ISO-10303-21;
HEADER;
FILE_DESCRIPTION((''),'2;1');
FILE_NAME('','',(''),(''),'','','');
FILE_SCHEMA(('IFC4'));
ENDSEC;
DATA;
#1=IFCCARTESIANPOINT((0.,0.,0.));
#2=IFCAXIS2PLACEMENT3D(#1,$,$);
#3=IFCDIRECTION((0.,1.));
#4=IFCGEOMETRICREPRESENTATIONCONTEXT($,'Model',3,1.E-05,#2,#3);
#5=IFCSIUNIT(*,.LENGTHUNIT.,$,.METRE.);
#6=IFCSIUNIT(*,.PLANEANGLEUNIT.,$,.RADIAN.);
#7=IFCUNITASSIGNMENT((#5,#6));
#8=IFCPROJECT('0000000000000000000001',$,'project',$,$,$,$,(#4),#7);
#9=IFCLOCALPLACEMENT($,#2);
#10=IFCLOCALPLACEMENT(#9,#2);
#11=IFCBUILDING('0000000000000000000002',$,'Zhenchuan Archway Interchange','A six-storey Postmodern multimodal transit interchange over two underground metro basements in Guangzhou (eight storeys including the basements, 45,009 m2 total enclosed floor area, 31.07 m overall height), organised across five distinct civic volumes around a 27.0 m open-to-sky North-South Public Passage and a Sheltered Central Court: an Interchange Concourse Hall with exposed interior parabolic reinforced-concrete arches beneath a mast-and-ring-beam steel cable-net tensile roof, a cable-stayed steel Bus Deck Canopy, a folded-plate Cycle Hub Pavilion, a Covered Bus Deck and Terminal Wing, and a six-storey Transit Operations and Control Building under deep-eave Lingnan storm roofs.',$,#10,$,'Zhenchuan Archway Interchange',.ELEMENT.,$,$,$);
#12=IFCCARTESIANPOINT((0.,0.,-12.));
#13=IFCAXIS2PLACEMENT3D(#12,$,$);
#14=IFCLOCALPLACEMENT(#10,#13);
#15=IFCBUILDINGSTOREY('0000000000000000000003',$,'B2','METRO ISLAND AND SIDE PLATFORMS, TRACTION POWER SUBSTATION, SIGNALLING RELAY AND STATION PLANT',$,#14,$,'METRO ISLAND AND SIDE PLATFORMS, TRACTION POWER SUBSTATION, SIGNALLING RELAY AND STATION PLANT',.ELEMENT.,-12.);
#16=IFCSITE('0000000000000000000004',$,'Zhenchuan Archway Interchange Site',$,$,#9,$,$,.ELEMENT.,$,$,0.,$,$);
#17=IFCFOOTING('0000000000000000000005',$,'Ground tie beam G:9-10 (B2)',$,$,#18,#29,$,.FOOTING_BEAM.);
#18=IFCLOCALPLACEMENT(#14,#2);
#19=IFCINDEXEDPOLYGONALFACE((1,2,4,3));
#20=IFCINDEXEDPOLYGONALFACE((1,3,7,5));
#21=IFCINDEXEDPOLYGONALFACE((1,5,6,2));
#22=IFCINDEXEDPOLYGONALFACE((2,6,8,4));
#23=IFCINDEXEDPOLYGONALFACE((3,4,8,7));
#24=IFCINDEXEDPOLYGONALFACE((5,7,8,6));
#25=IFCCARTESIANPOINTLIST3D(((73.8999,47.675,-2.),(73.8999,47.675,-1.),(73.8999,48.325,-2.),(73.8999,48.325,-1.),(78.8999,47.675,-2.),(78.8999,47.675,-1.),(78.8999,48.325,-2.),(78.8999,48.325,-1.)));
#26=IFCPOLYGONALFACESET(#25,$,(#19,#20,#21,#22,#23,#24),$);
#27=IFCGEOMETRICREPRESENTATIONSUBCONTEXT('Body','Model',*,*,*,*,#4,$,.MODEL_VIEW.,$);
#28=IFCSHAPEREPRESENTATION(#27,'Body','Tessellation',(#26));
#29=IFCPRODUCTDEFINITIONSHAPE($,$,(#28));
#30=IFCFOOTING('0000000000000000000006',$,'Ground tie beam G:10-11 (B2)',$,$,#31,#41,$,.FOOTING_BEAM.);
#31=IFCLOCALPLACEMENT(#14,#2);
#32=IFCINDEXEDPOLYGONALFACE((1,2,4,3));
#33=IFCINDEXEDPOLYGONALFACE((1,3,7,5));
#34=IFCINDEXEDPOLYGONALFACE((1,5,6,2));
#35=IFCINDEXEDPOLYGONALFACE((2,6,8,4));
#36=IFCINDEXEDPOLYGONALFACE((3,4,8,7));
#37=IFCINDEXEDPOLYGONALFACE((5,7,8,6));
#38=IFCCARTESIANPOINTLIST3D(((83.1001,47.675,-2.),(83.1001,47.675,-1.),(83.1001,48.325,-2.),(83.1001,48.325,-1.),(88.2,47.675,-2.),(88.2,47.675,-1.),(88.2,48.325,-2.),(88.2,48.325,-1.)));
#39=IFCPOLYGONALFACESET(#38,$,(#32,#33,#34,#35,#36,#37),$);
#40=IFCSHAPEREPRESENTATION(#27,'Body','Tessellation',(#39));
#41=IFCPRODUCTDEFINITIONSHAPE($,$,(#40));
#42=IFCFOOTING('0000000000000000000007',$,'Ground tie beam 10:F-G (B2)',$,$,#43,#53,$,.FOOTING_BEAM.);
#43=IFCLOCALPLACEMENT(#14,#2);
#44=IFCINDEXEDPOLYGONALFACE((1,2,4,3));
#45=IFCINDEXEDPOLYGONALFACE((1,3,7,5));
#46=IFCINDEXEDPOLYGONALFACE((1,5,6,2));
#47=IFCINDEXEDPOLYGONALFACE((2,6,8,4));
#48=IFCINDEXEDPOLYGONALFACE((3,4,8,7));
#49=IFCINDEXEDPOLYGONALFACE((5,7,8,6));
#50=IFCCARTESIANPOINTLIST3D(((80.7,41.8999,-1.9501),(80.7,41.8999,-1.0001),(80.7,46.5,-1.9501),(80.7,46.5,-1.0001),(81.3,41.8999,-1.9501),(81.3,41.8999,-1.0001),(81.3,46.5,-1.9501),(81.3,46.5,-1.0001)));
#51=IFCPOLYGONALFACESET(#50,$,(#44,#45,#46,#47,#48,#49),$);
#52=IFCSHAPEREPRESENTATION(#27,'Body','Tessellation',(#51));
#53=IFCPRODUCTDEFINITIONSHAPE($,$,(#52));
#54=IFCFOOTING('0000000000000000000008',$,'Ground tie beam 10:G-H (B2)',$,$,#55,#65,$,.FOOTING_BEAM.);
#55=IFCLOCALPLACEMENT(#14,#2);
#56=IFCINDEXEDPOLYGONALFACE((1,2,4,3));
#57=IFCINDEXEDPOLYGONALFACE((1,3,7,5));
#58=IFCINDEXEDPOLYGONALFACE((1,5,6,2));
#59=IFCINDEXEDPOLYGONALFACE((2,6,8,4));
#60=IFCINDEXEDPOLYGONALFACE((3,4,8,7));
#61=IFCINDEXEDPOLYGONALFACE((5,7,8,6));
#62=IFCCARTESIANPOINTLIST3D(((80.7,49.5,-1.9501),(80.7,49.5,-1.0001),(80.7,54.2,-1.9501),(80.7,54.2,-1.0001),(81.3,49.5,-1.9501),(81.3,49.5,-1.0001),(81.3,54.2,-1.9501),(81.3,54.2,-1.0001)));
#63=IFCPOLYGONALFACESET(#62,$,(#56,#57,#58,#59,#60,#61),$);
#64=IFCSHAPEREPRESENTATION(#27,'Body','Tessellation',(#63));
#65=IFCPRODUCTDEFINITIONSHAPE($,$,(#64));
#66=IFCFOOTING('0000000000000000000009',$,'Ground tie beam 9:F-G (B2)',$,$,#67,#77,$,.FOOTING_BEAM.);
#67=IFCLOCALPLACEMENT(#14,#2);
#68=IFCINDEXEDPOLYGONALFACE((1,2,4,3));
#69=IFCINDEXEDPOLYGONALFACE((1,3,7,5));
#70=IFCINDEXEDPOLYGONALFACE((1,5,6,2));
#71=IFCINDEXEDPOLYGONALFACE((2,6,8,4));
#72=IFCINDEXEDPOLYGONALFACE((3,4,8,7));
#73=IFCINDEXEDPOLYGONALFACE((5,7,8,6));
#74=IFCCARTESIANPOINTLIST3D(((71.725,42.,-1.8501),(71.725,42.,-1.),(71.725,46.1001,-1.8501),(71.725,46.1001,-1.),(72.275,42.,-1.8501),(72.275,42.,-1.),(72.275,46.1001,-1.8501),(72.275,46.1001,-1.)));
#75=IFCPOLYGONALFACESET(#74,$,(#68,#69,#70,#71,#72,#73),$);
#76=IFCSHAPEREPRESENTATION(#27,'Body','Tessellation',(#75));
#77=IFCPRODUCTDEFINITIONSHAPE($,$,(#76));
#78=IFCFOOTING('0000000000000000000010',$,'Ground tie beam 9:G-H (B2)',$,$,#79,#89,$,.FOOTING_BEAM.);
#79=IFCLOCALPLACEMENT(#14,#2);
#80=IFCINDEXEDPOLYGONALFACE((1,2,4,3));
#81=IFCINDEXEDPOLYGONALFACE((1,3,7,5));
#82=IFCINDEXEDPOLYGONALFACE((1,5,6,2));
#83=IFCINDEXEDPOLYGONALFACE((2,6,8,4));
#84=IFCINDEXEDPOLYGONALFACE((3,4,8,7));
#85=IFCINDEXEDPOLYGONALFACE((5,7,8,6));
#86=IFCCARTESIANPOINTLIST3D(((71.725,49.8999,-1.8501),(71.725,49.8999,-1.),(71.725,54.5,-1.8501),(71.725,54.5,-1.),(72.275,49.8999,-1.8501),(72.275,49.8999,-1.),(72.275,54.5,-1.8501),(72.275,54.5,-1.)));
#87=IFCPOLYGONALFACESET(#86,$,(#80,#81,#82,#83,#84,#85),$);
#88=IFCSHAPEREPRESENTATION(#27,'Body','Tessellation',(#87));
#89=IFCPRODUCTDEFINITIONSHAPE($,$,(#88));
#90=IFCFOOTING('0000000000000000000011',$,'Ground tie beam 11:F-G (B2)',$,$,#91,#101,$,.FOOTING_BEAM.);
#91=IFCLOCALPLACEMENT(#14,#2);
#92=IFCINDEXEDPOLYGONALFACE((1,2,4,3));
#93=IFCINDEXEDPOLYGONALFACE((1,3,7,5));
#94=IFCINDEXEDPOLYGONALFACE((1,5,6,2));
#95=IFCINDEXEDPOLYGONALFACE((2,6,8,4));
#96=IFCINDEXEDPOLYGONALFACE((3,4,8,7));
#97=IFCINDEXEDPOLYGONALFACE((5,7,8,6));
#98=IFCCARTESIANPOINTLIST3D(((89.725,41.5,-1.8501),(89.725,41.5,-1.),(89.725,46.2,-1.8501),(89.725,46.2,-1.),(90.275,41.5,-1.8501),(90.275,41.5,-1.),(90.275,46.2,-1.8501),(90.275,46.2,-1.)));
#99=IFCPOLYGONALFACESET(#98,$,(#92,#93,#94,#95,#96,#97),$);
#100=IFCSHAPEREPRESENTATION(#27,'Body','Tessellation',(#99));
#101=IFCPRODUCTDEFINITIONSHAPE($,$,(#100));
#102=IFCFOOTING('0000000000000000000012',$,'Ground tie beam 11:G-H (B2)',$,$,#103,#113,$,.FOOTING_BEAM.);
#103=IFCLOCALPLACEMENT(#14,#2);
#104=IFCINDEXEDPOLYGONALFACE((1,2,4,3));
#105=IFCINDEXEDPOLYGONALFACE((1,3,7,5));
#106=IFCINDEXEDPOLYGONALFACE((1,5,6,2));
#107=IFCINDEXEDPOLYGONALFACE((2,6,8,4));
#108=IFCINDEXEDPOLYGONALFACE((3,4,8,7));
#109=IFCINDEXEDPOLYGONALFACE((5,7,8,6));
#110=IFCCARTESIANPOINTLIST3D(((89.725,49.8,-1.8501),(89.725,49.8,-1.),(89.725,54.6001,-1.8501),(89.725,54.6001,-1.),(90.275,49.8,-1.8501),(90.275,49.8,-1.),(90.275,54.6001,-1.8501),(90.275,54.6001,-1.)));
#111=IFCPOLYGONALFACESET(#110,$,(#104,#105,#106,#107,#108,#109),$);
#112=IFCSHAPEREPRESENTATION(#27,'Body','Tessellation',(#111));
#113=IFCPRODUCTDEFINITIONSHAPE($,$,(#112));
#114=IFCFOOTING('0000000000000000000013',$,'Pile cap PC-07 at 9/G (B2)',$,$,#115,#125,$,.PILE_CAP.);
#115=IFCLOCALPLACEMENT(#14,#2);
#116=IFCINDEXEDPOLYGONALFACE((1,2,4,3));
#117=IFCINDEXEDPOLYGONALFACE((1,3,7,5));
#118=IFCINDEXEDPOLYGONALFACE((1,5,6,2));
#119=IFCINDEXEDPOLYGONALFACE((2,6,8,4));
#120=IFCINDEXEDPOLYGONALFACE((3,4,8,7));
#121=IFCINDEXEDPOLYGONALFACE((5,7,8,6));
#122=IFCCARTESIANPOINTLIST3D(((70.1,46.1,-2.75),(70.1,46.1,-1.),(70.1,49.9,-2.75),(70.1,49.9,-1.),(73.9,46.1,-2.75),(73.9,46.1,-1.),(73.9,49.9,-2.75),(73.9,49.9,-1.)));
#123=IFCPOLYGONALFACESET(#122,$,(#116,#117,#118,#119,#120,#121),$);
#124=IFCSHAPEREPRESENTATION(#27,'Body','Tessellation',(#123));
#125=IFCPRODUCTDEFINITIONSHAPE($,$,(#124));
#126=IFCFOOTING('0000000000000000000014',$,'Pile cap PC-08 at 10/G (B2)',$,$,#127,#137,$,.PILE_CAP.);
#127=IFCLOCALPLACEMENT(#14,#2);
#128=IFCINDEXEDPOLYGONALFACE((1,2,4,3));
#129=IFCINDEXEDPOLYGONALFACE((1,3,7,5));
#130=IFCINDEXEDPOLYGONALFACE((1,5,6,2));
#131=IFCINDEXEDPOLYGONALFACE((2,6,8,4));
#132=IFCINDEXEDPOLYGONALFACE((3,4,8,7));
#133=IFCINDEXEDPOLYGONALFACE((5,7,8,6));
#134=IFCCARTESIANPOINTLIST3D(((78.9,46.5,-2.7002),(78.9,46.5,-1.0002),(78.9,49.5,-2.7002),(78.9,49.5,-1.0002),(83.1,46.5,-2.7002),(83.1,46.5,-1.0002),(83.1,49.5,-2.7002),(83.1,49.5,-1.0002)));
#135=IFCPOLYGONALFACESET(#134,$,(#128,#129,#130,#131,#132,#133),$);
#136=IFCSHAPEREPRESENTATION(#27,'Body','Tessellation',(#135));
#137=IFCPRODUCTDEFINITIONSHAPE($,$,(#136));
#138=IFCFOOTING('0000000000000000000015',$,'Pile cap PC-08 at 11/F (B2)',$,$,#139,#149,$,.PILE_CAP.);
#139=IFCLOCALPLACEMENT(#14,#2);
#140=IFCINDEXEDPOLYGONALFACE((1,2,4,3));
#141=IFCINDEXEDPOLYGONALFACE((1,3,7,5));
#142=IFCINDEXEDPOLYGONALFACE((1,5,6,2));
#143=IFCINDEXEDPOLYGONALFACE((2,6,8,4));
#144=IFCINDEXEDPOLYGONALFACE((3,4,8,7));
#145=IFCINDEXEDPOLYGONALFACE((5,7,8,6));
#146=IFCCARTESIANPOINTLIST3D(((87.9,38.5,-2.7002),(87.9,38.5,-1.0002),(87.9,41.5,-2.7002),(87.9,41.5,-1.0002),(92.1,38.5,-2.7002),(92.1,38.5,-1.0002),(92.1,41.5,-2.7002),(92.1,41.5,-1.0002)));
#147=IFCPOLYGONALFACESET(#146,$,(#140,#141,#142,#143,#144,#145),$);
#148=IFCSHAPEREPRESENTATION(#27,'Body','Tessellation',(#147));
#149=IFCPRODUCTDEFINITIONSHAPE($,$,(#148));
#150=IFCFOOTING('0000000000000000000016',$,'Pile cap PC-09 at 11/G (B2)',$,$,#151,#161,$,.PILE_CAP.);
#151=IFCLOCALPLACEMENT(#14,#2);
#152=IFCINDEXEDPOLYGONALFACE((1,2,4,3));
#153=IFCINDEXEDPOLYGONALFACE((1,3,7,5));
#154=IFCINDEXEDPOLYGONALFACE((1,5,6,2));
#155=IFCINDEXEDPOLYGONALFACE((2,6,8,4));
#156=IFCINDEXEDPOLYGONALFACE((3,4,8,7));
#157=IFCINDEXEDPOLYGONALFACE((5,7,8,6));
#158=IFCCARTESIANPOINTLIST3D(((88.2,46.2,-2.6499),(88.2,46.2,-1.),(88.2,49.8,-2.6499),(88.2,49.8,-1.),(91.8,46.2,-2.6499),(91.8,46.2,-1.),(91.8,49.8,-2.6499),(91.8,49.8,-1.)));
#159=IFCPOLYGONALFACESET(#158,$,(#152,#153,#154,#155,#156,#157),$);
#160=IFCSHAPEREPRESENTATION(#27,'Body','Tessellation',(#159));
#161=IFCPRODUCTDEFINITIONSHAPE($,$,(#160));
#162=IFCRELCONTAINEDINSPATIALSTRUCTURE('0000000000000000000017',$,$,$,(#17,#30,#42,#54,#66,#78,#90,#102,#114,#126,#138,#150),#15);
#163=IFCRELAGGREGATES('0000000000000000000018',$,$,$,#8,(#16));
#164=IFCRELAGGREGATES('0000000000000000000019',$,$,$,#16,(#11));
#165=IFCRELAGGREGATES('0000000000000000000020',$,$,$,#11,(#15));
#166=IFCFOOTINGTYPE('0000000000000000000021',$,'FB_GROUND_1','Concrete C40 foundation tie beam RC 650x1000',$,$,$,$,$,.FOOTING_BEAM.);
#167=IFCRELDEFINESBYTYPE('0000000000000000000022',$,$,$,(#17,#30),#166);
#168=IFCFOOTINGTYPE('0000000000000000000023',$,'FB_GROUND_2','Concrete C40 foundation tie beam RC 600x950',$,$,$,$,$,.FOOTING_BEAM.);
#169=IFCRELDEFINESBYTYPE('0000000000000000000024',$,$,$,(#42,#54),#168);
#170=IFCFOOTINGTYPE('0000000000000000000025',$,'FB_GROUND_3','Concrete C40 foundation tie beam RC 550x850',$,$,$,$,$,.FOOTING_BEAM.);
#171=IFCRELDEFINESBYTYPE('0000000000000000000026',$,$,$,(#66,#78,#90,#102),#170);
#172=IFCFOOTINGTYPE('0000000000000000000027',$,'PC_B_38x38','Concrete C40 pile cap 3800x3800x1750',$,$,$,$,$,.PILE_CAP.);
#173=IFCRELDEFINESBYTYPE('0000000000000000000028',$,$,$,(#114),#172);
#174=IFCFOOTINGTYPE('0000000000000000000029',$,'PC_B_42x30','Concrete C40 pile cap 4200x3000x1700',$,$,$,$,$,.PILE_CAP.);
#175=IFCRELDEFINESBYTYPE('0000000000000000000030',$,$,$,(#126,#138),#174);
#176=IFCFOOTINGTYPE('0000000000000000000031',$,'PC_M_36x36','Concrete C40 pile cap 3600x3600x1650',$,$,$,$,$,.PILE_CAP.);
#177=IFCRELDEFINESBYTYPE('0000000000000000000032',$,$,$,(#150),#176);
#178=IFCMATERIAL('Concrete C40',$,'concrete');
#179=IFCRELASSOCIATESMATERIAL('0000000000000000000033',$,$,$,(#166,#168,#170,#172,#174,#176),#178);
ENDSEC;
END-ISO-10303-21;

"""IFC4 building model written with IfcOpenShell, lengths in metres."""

from ifc_helpers import new_model, si_unit, direction, frame, origin, origin_2d, place, context, subcontext, project, spatial, rectangle, extrude, material, material_profile, profile_set, type_object, element, save


model = new_model("IFC4")

# Units and contexts
model_context = context("Model", 3, precision=1e-05, world=origin(), true_north=direction((0.0, 1.0)))
body_context = subcontext(model_context, "Body", "Model", "MODEL_VIEW")
ifc_project = project(units=[si_unit("LENGTHUNIT", "METRE"), si_unit("PLANEANGLEUNIT", "RADIAN")], contexts=[model_context])

# Site, building, storey
site_placement = place(None, origin())
site = spatial("IfcSite", under=ifc_project, at=site_placement, Name="Zhenchuan Archway Interchange Site", CompositionType="ELEMENT", RefElevation=0.0)
building_placement = place(site_placement, origin())
building = spatial("IfcBuilding", under=site, at=building_placement, Name="Zhenchuan Archway Interchange", Description="A six-storey Postmodern multimodal transit interchange over two underground metro basements in Guangzhou (eight storeys including the basements, 45,009 m2 total enclosed floor area, 31.07 m overall height), organised across five distinct civic volumes around a 27.0 m open-to-sky North-South Public Passage and a Sheltered Central Court: an Interchange Concourse Hall with exposed interior parabolic reinforced-concrete arches beneath a mast-and-ring-beam steel cable-net tensile roof, a cable-stayed steel Bus Deck Canopy, a folded-plate Cycle Hub Pavilion, a Covered Bus Deck and Terminal Wing, and a six-storey Transit Operations and Control Building under deep-eave Lingnan storm roofs.", LongName="Zhenchuan Archway Interchange", CompositionType="ELEMENT")
storey_placement = place(building_placement, frame((0.0, 0.0, -12.0)))
storey = spatial("IfcBuildingStorey", under=building, at=storey_placement, Name="B2", Description="METRO ISLAND AND SIDE PLATFORMS, TRACTION POWER SUBSTATION, SIGNALLING RELAY AND STATION PLANT", LongName="METRO ISLAND AND SIDE PLATFORMS, TRACTION POWER SUBSTATION, SIGNALLING RELAY AND STATION PLANT", CompositionType="ELEMENT", Elevation=-12.0)

# Footings
ifc_material_1 = material(Name="Concrete C40", Category="concrete")
ifc_material_profile_1 = material_profile(ifc_material_1, rectangle(XDim=0.6499, YDim=1.0, at=origin_2d()), Name="RC 650x1000")
ifc_profile_set_1 = profile_set([ifc_material_profile_1], Name="Concrete C40")
footing_type_1 = type_object("IfcFootingType", Name="FB_GROUND_1", Description="Concrete C40 foundation tie beam RC 650x1000", PredefinedType="FOOTING_BEAM", material=ifc_profile_set_1)
footing_1_placement = place(storey_placement, frame((73.8999, 48.0, -1.5), z_axis=(1.0, 0.0, 0.0), x_axis=(0.0, 1.0, 0.0)))
element("IfcFooting", 1, at=footing_1_placement, inside=storey, type_object=footing_type_1, Name="Ground tie beam G:9-10 (B2)", PredefinedType="FOOTING_BEAM", context=body_context, shape_type="SweptSolid", body=[
    extrude(rectangle(XDim=0.6499, YDim=1.0, at=origin_2d()), origin(), (0.0, 0.0, 1.0), 5.0),
])
footing_2_placement = place(storey_placement, frame((83.1001, 48.0, -1.5), z_axis=(1.0, 0.0, 0.0), x_axis=(0.0, 1.0, 0.0)))
element("IfcFooting", 2, at=footing_2_placement, inside=storey, type_object=footing_type_1, Name="Ground tie beam G:10-11 (B2)", PredefinedType="FOOTING_BEAM", context=body_context, shape_type="SweptSolid", body=[
    extrude(rectangle(XDim=0.6499, YDim=1.0, at=origin_2d()), origin(), (0.0, 0.0, 1.0), 5.0999),
])
ifc_material_profile_2 = material_profile(ifc_material_1, rectangle(XDim=0.6001, YDim=0.95, at=origin_2d()), Name="RC 600x950")
ifc_profile_set_2 = profile_set([ifc_material_profile_2], Name="Concrete C40")
footing_type_2 = type_object("IfcFootingType", Name="FB_GROUND_2", Description="Concrete C40 foundation tie beam RC 600x950", PredefinedType="FOOTING_BEAM", material=ifc_profile_set_2)
footing_3_placement = place(storey_placement, frame((81.0, 41.8999, -1.4751), z_axis=(0.0, 1.0, 0.0), x_axis=(-1.0, 0.0, 0.0)))
element("IfcFooting", 3, at=footing_3_placement, inside=storey, type_object=footing_type_2, Name="Ground tie beam 10:F-G (B2)", PredefinedType="FOOTING_BEAM", context=body_context, shape_type="SweptSolid", body=[
    extrude(rectangle(XDim=0.6001, YDim=0.95, at=origin_2d()), origin(), (0.0, 0.0, 1.0), 4.6001),
])
footing_4_placement = place(storey_placement, frame((81.0, 49.5, -1.4751), z_axis=(0.0, 1.0, 0.0), x_axis=(-1.0, 0.0, 0.0)))
element("IfcFooting", 4, at=footing_4_placement, inside=storey, type_object=footing_type_2, Name="Ground tie beam 10:G-H (B2)", PredefinedType="FOOTING_BEAM", context=body_context, shape_type="SweptSolid", body=[
    extrude(rectangle(XDim=0.6001, YDim=0.95, at=origin_2d()), origin(), (0.0, 0.0, 1.0), 4.7),
])
ifc_material_profile_3 = material_profile(ifc_material_1, rectangle(XDim=0.55, YDim=0.8501, at=origin_2d()), Name="RC 550x850")
ifc_profile_set_3 = profile_set([ifc_material_profile_3], Name="Concrete C40")
footing_type_3 = type_object("IfcFootingType", Name="FB_GROUND_3", Description="Concrete C40 foundation tie beam RC 550x850", PredefinedType="FOOTING_BEAM", material=ifc_profile_set_3)
footing_5_placement = place(storey_placement, frame((72.0, 42.0, -1.425), z_axis=(0.0, 1.0, 0.0), x_axis=(-1.0, 0.0, 0.0)))
element("IfcFooting", 5, at=footing_5_placement, inside=storey, type_object=footing_type_3, Name="Ground tie beam 9:F-G (B2)", PredefinedType="FOOTING_BEAM", context=body_context, shape_type="SweptSolid", body=[
    extrude(rectangle(XDim=0.55, YDim=0.8501, at=origin_2d()), origin(), (0.0, 0.0, 1.0), 4.1001),
])
footing_6_placement = place(storey_placement, frame((72.0, 49.8999, -1.425), z_axis=(0.0, 1.0, 0.0), x_axis=(-1.0, 0.0, 0.0)))
element("IfcFooting", 6, at=footing_6_placement, inside=storey, type_object=footing_type_3, Name="Ground tie beam 9:G-H (B2)", PredefinedType="FOOTING_BEAM", context=body_context, shape_type="SweptSolid", body=[
    extrude(rectangle(XDim=0.55, YDim=0.8501, at=origin_2d()), origin(), (0.0, 0.0, 1.0), 4.6001),
])
footing_7_placement = place(storey_placement, frame((90.0, 41.5, -1.425), z_axis=(0.0, 1.0, 0.0), x_axis=(-1.0, 0.0, 0.0)))
element("IfcFooting", 7, at=footing_7_placement, inside=storey, type_object=footing_type_3, Name="Ground tie beam 11:F-G (B2)", PredefinedType="FOOTING_BEAM", context=body_context, shape_type="SweptSolid", body=[
    extrude(rectangle(XDim=0.55, YDim=0.8501, at=origin_2d()), origin(), (0.0, 0.0, 1.0), 4.7),
])
footing_8_placement = place(storey_placement, frame((90.0, 49.8, -1.425), z_axis=(0.0, 1.0, 0.0), x_axis=(-1.0, 0.0, 0.0)))
element("IfcFooting", 8, at=footing_8_placement, inside=storey, type_object=footing_type_3, Name="Ground tie beam 11:G-H (B2)", PredefinedType="FOOTING_BEAM", context=body_context, shape_type="SweptSolid", body=[
    extrude(rectangle(XDim=0.55, YDim=0.8501, at=origin_2d()), origin(), (0.0, 0.0, 1.0), 4.8),
])
footing_type_4 = type_object("IfcFootingType", Name="PC_B_38x38", Description="Concrete C40 pile cap 3800x3800x1750", PredefinedType="PILE_CAP", material=ifc_material_1)
footing_9_placement = place(storey_placement, frame((72.0, 48.0, -2.75), z_axis=(0.0, 0.0, 1.0), x_axis=(1.0, 0.0, 0.0)))
element("IfcFooting", 9, at=footing_9_placement, inside=storey, type_object=footing_type_4, Name="Pile cap PC-07 at 9/G (B2)", PredefinedType="PILE_CAP", context=body_context, shape_type="SweptSolid", body=[
    extrude(rectangle(XDim=3.8, YDim=3.8, at=origin_2d()), origin(), (0.0, 0.0, 1.0), 1.75),
])
footing_type_5 = type_object("IfcFootingType", Name="PC_B_42x30", Description="Concrete C40 pile cap 4200x3000x1700", PredefinedType="PILE_CAP", material=ifc_material_1)
for number, where, z_axis, x_axis, name in (
    (10, (81.0, 48.0, -2.7002), (0.0, 0.0, 1.0), (1.0, 0.0, 0.0), "Pile cap PC-08 at 10/G (B2)"),
    (11, (90.0, 40.0, -2.7002), (0.0, 0.0, 1.0), (1.0, 0.0, 0.0), "Pile cap PC-08 at 11/F (B2)"),
):
    element("IfcFooting", number, at=place(storey_placement, frame(where, z_axis=z_axis, x_axis=x_axis)), inside=storey, type_object=footing_type_5, Name=name, PredefinedType="PILE_CAP", context=body_context, shape_type="SweptSolid", body=[
        extrude(rectangle(XDim=4.2, YDim=3.0, at=origin_2d()), origin(), (0.0, 0.0, 1.0), 1.7),
    ])
footing_type_6 = type_object("IfcFootingType", Name="PC_M_36x36", Description="Concrete C40 pile cap 3600x3600x1650", PredefinedType="PILE_CAP", material=ifc_material_1)
footing_10_placement = place(storey_placement, frame((90.0, 48.0, -2.6499), z_axis=(0.0, 0.0, 1.0), x_axis=(1.0, 0.0, 0.0)))
element("IfcFooting", 12, at=footing_10_placement, inside=storey, type_object=footing_type_6, Name="Pile cap PC-09 at 11/G (B2)", PredefinedType="PILE_CAP", context=body_context, shape_type="SweptSolid", body=[
    extrude(rectangle(XDim=3.6001, YDim=3.6001, at=origin_2d()), origin(), (0.0, 0.0, 1.0), 1.6499),
])

save(model, "model.ifc")
